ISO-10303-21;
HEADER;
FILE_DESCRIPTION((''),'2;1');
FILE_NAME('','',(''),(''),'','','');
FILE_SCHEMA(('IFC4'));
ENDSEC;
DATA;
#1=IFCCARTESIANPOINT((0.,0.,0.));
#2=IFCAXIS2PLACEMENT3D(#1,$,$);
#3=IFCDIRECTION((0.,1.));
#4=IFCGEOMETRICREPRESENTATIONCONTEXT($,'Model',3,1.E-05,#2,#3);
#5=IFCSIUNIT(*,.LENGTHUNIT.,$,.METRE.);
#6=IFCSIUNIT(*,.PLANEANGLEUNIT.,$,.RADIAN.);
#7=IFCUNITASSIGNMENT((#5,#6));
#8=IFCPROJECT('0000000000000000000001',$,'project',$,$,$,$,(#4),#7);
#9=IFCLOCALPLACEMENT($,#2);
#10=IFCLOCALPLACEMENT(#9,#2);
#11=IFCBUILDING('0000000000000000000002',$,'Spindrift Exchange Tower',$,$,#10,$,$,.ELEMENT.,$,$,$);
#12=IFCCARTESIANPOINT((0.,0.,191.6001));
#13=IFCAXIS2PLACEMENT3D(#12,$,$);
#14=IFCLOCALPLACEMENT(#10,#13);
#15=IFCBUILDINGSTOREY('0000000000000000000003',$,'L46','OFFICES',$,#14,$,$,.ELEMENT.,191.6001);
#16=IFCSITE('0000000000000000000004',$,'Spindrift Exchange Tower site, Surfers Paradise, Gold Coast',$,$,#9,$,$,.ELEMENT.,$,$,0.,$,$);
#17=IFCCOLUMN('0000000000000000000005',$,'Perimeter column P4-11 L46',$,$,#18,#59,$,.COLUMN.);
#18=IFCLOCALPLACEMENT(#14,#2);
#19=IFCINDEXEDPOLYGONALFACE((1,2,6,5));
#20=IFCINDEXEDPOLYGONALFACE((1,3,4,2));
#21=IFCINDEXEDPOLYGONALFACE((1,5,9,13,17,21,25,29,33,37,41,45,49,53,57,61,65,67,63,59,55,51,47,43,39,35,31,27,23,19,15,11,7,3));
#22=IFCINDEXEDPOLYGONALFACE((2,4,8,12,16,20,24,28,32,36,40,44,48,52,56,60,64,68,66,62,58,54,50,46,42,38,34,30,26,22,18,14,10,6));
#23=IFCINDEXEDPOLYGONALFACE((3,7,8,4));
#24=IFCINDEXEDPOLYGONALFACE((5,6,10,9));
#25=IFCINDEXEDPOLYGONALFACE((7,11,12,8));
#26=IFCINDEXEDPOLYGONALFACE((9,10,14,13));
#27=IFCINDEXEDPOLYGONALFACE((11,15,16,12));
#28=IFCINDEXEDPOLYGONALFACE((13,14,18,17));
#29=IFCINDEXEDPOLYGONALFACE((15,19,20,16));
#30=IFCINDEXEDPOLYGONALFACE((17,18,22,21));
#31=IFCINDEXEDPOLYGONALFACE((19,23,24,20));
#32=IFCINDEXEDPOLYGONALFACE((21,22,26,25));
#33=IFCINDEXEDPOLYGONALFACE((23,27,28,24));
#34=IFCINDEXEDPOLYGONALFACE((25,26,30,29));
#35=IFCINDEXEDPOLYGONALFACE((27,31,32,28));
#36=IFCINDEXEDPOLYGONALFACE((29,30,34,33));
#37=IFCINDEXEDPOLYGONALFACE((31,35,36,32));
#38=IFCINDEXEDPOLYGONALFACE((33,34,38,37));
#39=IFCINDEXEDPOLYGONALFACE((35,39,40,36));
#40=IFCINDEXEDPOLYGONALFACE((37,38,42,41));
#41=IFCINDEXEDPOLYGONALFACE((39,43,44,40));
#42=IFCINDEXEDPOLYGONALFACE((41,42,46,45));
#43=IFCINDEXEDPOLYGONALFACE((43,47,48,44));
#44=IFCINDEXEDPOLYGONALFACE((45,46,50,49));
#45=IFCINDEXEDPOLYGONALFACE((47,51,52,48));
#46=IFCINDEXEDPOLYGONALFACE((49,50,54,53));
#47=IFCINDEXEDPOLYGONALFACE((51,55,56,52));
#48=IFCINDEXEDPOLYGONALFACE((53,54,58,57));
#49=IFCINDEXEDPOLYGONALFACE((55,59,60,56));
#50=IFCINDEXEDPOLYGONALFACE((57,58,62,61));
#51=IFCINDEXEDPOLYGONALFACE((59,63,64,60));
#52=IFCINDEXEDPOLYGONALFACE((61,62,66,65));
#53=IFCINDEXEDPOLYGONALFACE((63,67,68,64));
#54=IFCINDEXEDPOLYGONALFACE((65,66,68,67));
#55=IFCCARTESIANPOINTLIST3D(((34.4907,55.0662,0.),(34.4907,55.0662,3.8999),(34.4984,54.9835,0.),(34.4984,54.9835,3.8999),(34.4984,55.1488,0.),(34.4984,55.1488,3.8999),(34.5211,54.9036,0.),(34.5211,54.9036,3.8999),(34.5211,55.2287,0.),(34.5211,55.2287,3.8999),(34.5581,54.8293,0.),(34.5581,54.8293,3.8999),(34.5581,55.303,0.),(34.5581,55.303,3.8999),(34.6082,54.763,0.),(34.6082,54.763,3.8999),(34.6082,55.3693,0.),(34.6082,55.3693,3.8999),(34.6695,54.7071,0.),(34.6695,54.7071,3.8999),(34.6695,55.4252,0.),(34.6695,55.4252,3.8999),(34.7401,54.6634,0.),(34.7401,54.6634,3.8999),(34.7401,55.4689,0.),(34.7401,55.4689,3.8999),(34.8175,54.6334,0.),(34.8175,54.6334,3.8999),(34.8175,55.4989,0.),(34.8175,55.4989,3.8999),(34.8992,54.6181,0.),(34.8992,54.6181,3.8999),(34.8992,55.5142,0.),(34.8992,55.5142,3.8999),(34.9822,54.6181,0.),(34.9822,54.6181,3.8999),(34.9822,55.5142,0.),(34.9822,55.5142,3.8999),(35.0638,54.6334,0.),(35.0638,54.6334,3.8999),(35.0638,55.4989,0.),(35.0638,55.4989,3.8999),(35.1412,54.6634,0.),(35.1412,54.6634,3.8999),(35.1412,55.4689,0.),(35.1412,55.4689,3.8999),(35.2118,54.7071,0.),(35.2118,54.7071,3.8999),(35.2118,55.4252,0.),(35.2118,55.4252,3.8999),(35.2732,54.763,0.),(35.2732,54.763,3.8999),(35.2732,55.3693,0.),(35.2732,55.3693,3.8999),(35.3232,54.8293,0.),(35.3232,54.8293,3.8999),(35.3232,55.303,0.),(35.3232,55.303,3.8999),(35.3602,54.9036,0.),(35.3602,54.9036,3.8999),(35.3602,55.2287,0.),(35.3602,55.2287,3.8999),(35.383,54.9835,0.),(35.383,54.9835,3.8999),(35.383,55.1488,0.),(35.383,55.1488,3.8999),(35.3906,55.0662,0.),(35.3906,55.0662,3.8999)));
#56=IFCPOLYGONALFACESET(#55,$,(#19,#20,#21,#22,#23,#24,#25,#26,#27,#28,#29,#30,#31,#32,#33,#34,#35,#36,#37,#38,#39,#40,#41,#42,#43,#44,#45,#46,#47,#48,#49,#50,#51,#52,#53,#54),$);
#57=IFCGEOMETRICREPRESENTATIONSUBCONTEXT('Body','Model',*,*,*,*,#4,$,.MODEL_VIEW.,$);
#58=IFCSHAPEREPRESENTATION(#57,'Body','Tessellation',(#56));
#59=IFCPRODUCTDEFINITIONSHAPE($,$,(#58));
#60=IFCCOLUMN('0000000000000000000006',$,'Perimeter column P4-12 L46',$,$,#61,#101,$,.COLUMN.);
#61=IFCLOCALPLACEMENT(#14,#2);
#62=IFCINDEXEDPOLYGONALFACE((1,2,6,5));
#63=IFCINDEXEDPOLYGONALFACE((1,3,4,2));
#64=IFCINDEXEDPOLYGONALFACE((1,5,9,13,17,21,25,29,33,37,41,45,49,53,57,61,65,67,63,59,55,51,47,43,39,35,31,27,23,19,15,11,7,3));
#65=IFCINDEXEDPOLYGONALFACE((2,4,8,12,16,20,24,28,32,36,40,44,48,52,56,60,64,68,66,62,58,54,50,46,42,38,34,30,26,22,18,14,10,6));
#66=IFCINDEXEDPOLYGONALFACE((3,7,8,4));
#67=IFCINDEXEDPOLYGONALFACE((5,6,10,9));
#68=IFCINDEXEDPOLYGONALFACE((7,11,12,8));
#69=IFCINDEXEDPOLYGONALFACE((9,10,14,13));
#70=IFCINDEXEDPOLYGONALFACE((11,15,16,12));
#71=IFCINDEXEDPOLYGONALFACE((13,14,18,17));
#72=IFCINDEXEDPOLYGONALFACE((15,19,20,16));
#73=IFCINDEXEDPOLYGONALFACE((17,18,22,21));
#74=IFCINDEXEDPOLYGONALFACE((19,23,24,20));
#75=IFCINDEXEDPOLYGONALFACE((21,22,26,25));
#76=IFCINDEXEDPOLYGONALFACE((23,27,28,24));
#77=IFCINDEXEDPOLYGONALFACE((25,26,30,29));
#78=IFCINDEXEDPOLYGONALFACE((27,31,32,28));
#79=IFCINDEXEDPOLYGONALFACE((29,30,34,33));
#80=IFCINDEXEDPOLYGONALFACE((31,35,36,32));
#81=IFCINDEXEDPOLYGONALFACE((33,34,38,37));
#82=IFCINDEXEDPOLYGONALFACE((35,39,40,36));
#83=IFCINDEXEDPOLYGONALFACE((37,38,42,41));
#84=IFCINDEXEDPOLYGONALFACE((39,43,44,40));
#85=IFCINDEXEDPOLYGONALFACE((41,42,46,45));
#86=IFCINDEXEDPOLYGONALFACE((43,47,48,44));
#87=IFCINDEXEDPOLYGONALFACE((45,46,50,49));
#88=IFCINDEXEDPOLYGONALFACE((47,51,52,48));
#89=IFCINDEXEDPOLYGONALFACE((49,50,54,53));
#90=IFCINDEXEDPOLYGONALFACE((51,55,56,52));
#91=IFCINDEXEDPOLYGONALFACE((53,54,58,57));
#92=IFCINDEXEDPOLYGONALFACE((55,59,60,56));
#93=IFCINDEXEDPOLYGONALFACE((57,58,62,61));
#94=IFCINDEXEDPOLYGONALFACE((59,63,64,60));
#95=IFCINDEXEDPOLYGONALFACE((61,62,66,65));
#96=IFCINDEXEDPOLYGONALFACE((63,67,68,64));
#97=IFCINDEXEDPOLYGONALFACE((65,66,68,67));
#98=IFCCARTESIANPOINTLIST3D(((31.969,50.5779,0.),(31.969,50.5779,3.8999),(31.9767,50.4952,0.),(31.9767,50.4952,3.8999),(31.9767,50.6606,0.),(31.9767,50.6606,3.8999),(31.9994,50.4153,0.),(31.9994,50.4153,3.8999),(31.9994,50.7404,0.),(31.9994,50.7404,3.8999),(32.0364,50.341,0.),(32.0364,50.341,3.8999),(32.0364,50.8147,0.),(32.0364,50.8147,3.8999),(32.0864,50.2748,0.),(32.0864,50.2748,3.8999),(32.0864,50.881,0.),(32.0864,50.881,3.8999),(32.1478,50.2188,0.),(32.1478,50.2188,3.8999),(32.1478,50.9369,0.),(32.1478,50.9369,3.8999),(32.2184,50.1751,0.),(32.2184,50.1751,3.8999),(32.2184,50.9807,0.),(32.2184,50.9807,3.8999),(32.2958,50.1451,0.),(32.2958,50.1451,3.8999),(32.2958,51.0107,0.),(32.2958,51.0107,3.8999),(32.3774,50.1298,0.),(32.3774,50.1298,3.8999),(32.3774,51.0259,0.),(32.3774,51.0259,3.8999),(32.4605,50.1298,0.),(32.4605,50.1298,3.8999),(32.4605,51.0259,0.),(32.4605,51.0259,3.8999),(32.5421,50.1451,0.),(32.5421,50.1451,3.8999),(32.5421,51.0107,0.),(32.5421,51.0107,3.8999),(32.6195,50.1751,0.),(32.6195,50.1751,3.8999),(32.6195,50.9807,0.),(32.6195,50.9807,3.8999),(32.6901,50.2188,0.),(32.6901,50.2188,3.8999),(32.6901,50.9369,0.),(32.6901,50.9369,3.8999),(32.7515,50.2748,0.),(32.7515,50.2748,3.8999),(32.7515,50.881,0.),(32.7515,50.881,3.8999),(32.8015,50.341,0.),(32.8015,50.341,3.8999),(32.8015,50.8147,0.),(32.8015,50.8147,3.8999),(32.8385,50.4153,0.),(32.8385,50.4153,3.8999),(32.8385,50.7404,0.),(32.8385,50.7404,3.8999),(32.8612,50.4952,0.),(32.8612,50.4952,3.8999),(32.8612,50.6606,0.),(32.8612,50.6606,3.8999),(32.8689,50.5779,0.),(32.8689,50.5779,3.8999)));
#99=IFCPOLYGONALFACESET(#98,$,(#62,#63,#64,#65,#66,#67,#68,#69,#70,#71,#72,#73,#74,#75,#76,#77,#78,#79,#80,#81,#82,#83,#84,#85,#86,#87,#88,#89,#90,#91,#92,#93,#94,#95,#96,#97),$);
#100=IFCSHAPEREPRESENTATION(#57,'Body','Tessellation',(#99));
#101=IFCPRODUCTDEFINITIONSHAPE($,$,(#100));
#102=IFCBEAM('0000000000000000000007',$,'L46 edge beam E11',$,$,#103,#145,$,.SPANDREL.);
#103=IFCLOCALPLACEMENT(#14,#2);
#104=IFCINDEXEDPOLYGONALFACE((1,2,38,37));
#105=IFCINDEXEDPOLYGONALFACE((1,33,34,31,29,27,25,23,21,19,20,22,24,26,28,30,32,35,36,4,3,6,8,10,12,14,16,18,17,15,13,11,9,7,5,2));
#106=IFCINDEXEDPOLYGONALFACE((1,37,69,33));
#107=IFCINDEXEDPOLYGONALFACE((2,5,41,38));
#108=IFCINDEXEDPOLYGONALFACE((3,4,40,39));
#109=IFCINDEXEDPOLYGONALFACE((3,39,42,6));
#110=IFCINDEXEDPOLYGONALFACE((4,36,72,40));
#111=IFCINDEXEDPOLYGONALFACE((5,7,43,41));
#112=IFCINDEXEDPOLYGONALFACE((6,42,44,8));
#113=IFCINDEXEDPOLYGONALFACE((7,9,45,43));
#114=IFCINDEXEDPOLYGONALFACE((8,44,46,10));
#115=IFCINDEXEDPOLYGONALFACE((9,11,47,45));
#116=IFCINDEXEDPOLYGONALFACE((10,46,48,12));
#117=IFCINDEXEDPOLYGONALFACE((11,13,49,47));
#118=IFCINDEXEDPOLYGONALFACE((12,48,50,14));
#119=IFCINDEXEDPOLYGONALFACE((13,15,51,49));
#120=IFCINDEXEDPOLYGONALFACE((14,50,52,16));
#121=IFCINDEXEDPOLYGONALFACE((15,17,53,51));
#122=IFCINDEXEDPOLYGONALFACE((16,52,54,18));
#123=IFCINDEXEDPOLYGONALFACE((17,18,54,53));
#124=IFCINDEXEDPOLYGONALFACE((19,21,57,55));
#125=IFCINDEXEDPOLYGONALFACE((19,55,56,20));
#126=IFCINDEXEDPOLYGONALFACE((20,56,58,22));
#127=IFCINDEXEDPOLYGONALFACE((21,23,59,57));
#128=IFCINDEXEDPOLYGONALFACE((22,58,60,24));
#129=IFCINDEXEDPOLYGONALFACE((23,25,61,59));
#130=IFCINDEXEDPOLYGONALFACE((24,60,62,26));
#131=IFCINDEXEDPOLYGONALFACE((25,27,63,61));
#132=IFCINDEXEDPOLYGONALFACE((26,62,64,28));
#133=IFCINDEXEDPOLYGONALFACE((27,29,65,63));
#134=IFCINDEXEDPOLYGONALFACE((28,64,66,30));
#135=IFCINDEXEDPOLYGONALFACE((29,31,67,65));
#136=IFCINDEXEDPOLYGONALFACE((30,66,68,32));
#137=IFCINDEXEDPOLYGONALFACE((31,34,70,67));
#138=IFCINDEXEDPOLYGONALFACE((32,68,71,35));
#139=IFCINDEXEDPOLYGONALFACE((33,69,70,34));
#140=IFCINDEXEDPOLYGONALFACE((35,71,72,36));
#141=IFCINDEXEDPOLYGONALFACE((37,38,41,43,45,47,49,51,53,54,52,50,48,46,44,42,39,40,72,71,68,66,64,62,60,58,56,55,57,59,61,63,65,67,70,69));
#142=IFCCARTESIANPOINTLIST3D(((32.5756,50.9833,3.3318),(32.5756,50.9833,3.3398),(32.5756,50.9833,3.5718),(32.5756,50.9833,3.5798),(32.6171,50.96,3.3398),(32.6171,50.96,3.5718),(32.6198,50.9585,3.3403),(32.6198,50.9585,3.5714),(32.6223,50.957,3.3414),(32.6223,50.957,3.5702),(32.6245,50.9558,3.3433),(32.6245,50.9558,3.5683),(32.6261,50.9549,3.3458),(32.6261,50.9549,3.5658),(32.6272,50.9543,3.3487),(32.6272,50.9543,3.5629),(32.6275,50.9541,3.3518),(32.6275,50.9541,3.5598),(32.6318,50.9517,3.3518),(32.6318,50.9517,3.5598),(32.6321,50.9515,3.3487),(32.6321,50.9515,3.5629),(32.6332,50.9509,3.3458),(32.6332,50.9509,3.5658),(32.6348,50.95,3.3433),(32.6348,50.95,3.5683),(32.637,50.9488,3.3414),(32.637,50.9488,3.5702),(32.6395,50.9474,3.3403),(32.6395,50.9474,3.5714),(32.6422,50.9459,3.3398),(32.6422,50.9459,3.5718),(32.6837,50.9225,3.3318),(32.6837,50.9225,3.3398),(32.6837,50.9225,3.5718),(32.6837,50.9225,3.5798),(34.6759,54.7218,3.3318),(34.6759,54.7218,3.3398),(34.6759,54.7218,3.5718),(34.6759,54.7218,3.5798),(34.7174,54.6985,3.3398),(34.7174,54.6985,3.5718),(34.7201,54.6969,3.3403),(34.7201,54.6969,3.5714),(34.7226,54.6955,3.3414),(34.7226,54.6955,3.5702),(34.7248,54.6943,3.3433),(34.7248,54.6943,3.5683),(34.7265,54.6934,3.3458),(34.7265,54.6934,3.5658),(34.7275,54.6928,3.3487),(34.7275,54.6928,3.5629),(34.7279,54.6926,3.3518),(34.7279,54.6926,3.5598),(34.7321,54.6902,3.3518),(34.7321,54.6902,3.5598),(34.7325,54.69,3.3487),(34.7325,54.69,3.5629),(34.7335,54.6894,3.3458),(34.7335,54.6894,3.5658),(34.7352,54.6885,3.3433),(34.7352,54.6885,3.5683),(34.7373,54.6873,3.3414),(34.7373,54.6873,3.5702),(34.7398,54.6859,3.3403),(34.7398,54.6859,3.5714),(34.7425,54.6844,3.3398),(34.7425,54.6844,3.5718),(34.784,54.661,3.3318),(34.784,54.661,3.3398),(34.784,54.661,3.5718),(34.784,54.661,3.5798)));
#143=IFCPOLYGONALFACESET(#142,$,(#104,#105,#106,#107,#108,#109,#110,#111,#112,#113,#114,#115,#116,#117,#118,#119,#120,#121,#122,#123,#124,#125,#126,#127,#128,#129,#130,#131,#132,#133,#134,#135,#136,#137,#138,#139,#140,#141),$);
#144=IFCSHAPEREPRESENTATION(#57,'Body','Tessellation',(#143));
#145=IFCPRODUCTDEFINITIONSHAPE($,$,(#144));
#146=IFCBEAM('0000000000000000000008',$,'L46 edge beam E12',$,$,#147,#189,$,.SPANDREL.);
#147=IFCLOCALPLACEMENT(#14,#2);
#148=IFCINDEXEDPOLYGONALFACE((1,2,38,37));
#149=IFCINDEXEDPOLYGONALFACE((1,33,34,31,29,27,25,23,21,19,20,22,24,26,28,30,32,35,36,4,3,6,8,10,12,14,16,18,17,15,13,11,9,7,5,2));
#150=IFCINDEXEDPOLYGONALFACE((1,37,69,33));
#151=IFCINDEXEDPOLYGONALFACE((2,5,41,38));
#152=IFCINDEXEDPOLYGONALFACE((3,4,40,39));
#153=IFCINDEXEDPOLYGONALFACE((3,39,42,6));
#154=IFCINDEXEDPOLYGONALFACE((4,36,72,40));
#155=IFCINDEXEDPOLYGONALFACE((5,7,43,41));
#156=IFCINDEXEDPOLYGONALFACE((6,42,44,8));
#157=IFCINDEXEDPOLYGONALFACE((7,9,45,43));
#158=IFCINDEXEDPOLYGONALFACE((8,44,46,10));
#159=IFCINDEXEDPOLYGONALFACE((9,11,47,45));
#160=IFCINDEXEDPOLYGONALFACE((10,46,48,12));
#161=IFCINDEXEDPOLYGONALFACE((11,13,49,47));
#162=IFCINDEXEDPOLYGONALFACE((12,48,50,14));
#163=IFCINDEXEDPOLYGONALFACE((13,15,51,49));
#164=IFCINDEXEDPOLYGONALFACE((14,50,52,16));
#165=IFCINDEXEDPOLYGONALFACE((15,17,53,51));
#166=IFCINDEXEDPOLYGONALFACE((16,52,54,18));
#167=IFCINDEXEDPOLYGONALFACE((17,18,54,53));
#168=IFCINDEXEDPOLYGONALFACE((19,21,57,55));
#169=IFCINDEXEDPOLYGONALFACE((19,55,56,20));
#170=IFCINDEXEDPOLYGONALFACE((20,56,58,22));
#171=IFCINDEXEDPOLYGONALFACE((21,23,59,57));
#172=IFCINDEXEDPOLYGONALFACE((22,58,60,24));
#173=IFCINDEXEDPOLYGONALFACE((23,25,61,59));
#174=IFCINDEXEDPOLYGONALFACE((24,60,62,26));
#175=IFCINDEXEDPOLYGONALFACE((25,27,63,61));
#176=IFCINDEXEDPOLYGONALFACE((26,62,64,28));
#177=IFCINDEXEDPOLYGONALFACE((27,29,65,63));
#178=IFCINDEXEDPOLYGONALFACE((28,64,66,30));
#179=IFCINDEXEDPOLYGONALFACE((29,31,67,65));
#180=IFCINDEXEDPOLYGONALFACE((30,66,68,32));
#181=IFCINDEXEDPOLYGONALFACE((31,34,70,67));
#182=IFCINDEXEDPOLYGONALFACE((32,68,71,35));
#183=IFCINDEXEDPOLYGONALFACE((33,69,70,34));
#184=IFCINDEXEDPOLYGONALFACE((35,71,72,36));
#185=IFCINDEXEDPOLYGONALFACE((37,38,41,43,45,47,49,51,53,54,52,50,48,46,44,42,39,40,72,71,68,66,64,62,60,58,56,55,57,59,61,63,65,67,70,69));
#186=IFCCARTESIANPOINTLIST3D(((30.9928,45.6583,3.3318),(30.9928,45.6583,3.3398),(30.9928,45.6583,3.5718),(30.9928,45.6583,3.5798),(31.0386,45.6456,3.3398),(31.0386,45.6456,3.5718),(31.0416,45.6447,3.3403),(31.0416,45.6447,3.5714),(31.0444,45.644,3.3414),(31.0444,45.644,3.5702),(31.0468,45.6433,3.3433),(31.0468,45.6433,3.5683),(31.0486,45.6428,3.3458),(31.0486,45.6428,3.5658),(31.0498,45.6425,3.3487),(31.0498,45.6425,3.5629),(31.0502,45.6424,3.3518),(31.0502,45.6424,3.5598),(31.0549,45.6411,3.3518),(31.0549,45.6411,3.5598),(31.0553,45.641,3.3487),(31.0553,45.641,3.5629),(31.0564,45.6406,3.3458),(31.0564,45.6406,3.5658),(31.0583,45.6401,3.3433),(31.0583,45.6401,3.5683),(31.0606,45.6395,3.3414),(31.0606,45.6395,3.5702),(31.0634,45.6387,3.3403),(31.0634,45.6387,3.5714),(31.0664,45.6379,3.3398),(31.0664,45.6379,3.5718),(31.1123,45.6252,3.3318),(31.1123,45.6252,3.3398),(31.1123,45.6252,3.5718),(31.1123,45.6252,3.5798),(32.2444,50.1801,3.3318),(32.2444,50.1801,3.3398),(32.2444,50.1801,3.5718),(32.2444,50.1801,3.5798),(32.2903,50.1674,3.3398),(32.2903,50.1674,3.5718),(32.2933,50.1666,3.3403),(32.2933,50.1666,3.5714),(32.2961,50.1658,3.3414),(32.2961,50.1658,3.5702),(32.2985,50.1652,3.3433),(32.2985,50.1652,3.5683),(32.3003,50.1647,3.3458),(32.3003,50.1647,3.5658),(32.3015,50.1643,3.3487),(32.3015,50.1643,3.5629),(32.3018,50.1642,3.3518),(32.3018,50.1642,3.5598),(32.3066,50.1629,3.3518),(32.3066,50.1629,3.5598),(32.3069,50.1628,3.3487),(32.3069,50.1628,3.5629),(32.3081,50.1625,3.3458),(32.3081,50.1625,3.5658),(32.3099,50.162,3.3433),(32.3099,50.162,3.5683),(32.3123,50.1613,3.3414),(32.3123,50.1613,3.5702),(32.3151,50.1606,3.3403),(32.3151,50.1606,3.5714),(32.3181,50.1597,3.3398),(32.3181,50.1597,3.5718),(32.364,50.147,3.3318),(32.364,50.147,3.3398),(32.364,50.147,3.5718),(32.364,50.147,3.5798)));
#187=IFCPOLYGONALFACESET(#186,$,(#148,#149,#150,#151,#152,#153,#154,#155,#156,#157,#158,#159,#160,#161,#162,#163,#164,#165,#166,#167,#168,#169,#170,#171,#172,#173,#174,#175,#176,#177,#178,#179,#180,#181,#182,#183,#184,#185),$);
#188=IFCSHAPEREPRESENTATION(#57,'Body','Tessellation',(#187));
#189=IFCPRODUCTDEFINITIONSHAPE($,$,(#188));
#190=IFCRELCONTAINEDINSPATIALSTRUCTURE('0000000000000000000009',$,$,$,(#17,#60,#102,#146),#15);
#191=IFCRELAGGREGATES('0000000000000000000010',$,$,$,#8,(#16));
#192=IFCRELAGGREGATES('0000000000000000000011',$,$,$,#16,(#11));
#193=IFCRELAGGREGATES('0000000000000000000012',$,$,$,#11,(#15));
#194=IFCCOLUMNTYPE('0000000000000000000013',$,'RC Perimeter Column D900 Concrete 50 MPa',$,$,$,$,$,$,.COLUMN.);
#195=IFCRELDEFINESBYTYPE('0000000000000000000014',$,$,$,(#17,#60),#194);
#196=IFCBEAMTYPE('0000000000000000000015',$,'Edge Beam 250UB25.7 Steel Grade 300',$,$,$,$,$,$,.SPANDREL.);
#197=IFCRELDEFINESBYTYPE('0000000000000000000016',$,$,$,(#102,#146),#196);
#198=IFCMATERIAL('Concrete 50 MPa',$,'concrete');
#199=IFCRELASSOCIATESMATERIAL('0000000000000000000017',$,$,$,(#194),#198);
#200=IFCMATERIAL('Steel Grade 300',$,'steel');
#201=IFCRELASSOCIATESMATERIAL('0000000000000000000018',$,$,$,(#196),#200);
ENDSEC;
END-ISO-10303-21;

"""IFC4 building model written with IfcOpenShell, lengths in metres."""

from ifc_helpers import new_model, si_unit, direction, frame, origin, origin_2d, place, context, subcontext, project, spatial, circle, i_section, extrude, source, transform, mapped, material, material_profile, profile_set, type_object, element, save


model = new_model("IFC4")

# Units and contexts
model_context = context("Model", 3, precision=1e-05, world=origin(), true_north=direction((0.0, 1.0)))
body_context = subcontext(model_context, "Body", "Model", "MODEL_VIEW")
ifc_project = project(units=[si_unit("LENGTHUNIT", "METRE"), si_unit("PLANEANGLEUNIT", "RADIAN")], contexts=[model_context])

# Site, building, storey
site_placement = place(None, origin())
site = spatial("IfcSite", under=ifc_project, at=site_placement, Name="Spindrift Exchange Tower site, Surfers Paradise, Gold Coast", CompositionType="ELEMENT", RefElevation=0.0)
building_placement = place(site_placement, origin())
building = spatial("IfcBuilding", under=site, at=building_placement, Name="Spindrift Exchange Tower", CompositionType="ELEMENT")
storey_placement = place(building_placement, frame((0.0, 0.0, 191.6001)))
storey = spatial("IfcBuildingStorey", under=building, at=storey_placement, Name="L46", Description="OFFICES", CompositionType="ELEMENT", Elevation=191.6001)

# Columns
ifc_material_1 = material(Name="Concrete 50 MPa", Category="concrete")
ifc_material_profile_1 = material_profile(ifc_material_1, circle(Radius=0.45, at=origin_2d()), Name="RC D900")
ifc_profile_set_1 = profile_set([ifc_material_profile_1], Name="Concrete 50 MPa")
column_type = type_object("IfcColumnType", Name="RC Perimeter Column D900 Concrete 50 MPa", PredefinedType="COLUMN", material=ifc_profile_set_1)
shared_shape_1 = source(origin(), body_context, "Body", "SweptSolid", [
    extrude(circle(Radius=0.45, at=origin_2d()), origin(), (0.0, 0.0, 1.0), 3.8999),
])
for number, where, z_axis, x_axis, name in (
    (1, (34.9407, 55.0662, 0.0), (0.0, 0.0, 1.0), (1.0, 0.0, 0.0), "Perimeter column P4-11 L46"),
    (2, (32.4189, 50.5779, 0.0), (0.0, 0.0, 1.0), (1.0, 0.0, 0.0), "Perimeter column P4-12 L46"),
):
    element("IfcColumn", number, at=place(storey_placement, frame(where, z_axis=z_axis, x_axis=x_axis)), inside=storey, type_object=column_type, Name=name, PredefinedType="COLUMN", context=body_context, shape_type="MappedRepresentation", body=[
        mapped(shared_shape_1, transform((0.0, 0.0, 0.0), scale=1.0)),
    ])

# Beams
ifc_material_2 = material(Name="Steel Grade 300", Category="steel")
ifc_material_profile_2 = material_profile(ifc_material_2, i_section(OverallWidth=0.124, OverallDepth=0.248, WebThickness=0.0049, FlangeThickness=0.0081, FilletRadius=0.012, at=origin_2d()), Name="250UB25.7")
ifc_profile_set_2 = profile_set([ifc_material_profile_2], Name="Steel Grade 300")
beam_type_1 = type_object("IfcBeamType", Name="Edge Beam 250UB25.7 Steel Grade 300", PredefinedType="SPANDREL", material=ifc_profile_set_2)
shared_shape_2 = source(origin(), body_context, "Body", "SweptSolid", [
    extrude(i_section(OverallWidth=0.124, OverallDepth=0.248, WebThickness=0.0049, FlangeThickness=0.0081, FilletRadius=0.012, at=origin_2d()), origin(), (0.0, 0.0, 1.0), 4.2881),
])
beam_1_placement = place(storey_placement, frame((34.73, 54.6914, 3.4558), z_axis=(-0.489804, -0.871832, 0.0), x_axis=(0.871832, -0.489804, 0.0)))
element("IfcBeam", 3, at=beam_1_placement, inside=storey, type_object=beam_type_1, Name="L46 edge beam E11", PredefinedType="SPANDREL", context=body_context, shape_type="MappedRepresentation", body=[
    mapped(shared_shape_2, transform((0.0, 0.0, 0.0), scale=1.0)),
])
shared_shape_3 = source(origin(), body_context, "Body", "SweptSolid", [
    extrude(i_section(OverallWidth=0.124, OverallDepth=0.248, WebThickness=0.0049, FlangeThickness=0.0081, FilletRadius=0.012, at=origin_2d()), origin(), (0.0, 0.0, 1.0), 4.6919),
])
beam_2_placement = place(storey_placement, frame((32.3042, 50.1636, 3.4558), z_axis=(-0.266774, -0.963759, 0.0), x_axis=(0.963759, -0.266774, 0.0)))
element("IfcBeam", 4, at=beam_2_placement, inside=storey, type_object=beam_type_1, Name="L46 edge beam E12", PredefinedType="SPANDREL", context=body_context, shape_type="MappedRepresentation", body=[
    mapped(shared_shape_3, transform((0.0, 0.0, 0.0), scale=1.0)),
])

save(model, "model.ifc")
